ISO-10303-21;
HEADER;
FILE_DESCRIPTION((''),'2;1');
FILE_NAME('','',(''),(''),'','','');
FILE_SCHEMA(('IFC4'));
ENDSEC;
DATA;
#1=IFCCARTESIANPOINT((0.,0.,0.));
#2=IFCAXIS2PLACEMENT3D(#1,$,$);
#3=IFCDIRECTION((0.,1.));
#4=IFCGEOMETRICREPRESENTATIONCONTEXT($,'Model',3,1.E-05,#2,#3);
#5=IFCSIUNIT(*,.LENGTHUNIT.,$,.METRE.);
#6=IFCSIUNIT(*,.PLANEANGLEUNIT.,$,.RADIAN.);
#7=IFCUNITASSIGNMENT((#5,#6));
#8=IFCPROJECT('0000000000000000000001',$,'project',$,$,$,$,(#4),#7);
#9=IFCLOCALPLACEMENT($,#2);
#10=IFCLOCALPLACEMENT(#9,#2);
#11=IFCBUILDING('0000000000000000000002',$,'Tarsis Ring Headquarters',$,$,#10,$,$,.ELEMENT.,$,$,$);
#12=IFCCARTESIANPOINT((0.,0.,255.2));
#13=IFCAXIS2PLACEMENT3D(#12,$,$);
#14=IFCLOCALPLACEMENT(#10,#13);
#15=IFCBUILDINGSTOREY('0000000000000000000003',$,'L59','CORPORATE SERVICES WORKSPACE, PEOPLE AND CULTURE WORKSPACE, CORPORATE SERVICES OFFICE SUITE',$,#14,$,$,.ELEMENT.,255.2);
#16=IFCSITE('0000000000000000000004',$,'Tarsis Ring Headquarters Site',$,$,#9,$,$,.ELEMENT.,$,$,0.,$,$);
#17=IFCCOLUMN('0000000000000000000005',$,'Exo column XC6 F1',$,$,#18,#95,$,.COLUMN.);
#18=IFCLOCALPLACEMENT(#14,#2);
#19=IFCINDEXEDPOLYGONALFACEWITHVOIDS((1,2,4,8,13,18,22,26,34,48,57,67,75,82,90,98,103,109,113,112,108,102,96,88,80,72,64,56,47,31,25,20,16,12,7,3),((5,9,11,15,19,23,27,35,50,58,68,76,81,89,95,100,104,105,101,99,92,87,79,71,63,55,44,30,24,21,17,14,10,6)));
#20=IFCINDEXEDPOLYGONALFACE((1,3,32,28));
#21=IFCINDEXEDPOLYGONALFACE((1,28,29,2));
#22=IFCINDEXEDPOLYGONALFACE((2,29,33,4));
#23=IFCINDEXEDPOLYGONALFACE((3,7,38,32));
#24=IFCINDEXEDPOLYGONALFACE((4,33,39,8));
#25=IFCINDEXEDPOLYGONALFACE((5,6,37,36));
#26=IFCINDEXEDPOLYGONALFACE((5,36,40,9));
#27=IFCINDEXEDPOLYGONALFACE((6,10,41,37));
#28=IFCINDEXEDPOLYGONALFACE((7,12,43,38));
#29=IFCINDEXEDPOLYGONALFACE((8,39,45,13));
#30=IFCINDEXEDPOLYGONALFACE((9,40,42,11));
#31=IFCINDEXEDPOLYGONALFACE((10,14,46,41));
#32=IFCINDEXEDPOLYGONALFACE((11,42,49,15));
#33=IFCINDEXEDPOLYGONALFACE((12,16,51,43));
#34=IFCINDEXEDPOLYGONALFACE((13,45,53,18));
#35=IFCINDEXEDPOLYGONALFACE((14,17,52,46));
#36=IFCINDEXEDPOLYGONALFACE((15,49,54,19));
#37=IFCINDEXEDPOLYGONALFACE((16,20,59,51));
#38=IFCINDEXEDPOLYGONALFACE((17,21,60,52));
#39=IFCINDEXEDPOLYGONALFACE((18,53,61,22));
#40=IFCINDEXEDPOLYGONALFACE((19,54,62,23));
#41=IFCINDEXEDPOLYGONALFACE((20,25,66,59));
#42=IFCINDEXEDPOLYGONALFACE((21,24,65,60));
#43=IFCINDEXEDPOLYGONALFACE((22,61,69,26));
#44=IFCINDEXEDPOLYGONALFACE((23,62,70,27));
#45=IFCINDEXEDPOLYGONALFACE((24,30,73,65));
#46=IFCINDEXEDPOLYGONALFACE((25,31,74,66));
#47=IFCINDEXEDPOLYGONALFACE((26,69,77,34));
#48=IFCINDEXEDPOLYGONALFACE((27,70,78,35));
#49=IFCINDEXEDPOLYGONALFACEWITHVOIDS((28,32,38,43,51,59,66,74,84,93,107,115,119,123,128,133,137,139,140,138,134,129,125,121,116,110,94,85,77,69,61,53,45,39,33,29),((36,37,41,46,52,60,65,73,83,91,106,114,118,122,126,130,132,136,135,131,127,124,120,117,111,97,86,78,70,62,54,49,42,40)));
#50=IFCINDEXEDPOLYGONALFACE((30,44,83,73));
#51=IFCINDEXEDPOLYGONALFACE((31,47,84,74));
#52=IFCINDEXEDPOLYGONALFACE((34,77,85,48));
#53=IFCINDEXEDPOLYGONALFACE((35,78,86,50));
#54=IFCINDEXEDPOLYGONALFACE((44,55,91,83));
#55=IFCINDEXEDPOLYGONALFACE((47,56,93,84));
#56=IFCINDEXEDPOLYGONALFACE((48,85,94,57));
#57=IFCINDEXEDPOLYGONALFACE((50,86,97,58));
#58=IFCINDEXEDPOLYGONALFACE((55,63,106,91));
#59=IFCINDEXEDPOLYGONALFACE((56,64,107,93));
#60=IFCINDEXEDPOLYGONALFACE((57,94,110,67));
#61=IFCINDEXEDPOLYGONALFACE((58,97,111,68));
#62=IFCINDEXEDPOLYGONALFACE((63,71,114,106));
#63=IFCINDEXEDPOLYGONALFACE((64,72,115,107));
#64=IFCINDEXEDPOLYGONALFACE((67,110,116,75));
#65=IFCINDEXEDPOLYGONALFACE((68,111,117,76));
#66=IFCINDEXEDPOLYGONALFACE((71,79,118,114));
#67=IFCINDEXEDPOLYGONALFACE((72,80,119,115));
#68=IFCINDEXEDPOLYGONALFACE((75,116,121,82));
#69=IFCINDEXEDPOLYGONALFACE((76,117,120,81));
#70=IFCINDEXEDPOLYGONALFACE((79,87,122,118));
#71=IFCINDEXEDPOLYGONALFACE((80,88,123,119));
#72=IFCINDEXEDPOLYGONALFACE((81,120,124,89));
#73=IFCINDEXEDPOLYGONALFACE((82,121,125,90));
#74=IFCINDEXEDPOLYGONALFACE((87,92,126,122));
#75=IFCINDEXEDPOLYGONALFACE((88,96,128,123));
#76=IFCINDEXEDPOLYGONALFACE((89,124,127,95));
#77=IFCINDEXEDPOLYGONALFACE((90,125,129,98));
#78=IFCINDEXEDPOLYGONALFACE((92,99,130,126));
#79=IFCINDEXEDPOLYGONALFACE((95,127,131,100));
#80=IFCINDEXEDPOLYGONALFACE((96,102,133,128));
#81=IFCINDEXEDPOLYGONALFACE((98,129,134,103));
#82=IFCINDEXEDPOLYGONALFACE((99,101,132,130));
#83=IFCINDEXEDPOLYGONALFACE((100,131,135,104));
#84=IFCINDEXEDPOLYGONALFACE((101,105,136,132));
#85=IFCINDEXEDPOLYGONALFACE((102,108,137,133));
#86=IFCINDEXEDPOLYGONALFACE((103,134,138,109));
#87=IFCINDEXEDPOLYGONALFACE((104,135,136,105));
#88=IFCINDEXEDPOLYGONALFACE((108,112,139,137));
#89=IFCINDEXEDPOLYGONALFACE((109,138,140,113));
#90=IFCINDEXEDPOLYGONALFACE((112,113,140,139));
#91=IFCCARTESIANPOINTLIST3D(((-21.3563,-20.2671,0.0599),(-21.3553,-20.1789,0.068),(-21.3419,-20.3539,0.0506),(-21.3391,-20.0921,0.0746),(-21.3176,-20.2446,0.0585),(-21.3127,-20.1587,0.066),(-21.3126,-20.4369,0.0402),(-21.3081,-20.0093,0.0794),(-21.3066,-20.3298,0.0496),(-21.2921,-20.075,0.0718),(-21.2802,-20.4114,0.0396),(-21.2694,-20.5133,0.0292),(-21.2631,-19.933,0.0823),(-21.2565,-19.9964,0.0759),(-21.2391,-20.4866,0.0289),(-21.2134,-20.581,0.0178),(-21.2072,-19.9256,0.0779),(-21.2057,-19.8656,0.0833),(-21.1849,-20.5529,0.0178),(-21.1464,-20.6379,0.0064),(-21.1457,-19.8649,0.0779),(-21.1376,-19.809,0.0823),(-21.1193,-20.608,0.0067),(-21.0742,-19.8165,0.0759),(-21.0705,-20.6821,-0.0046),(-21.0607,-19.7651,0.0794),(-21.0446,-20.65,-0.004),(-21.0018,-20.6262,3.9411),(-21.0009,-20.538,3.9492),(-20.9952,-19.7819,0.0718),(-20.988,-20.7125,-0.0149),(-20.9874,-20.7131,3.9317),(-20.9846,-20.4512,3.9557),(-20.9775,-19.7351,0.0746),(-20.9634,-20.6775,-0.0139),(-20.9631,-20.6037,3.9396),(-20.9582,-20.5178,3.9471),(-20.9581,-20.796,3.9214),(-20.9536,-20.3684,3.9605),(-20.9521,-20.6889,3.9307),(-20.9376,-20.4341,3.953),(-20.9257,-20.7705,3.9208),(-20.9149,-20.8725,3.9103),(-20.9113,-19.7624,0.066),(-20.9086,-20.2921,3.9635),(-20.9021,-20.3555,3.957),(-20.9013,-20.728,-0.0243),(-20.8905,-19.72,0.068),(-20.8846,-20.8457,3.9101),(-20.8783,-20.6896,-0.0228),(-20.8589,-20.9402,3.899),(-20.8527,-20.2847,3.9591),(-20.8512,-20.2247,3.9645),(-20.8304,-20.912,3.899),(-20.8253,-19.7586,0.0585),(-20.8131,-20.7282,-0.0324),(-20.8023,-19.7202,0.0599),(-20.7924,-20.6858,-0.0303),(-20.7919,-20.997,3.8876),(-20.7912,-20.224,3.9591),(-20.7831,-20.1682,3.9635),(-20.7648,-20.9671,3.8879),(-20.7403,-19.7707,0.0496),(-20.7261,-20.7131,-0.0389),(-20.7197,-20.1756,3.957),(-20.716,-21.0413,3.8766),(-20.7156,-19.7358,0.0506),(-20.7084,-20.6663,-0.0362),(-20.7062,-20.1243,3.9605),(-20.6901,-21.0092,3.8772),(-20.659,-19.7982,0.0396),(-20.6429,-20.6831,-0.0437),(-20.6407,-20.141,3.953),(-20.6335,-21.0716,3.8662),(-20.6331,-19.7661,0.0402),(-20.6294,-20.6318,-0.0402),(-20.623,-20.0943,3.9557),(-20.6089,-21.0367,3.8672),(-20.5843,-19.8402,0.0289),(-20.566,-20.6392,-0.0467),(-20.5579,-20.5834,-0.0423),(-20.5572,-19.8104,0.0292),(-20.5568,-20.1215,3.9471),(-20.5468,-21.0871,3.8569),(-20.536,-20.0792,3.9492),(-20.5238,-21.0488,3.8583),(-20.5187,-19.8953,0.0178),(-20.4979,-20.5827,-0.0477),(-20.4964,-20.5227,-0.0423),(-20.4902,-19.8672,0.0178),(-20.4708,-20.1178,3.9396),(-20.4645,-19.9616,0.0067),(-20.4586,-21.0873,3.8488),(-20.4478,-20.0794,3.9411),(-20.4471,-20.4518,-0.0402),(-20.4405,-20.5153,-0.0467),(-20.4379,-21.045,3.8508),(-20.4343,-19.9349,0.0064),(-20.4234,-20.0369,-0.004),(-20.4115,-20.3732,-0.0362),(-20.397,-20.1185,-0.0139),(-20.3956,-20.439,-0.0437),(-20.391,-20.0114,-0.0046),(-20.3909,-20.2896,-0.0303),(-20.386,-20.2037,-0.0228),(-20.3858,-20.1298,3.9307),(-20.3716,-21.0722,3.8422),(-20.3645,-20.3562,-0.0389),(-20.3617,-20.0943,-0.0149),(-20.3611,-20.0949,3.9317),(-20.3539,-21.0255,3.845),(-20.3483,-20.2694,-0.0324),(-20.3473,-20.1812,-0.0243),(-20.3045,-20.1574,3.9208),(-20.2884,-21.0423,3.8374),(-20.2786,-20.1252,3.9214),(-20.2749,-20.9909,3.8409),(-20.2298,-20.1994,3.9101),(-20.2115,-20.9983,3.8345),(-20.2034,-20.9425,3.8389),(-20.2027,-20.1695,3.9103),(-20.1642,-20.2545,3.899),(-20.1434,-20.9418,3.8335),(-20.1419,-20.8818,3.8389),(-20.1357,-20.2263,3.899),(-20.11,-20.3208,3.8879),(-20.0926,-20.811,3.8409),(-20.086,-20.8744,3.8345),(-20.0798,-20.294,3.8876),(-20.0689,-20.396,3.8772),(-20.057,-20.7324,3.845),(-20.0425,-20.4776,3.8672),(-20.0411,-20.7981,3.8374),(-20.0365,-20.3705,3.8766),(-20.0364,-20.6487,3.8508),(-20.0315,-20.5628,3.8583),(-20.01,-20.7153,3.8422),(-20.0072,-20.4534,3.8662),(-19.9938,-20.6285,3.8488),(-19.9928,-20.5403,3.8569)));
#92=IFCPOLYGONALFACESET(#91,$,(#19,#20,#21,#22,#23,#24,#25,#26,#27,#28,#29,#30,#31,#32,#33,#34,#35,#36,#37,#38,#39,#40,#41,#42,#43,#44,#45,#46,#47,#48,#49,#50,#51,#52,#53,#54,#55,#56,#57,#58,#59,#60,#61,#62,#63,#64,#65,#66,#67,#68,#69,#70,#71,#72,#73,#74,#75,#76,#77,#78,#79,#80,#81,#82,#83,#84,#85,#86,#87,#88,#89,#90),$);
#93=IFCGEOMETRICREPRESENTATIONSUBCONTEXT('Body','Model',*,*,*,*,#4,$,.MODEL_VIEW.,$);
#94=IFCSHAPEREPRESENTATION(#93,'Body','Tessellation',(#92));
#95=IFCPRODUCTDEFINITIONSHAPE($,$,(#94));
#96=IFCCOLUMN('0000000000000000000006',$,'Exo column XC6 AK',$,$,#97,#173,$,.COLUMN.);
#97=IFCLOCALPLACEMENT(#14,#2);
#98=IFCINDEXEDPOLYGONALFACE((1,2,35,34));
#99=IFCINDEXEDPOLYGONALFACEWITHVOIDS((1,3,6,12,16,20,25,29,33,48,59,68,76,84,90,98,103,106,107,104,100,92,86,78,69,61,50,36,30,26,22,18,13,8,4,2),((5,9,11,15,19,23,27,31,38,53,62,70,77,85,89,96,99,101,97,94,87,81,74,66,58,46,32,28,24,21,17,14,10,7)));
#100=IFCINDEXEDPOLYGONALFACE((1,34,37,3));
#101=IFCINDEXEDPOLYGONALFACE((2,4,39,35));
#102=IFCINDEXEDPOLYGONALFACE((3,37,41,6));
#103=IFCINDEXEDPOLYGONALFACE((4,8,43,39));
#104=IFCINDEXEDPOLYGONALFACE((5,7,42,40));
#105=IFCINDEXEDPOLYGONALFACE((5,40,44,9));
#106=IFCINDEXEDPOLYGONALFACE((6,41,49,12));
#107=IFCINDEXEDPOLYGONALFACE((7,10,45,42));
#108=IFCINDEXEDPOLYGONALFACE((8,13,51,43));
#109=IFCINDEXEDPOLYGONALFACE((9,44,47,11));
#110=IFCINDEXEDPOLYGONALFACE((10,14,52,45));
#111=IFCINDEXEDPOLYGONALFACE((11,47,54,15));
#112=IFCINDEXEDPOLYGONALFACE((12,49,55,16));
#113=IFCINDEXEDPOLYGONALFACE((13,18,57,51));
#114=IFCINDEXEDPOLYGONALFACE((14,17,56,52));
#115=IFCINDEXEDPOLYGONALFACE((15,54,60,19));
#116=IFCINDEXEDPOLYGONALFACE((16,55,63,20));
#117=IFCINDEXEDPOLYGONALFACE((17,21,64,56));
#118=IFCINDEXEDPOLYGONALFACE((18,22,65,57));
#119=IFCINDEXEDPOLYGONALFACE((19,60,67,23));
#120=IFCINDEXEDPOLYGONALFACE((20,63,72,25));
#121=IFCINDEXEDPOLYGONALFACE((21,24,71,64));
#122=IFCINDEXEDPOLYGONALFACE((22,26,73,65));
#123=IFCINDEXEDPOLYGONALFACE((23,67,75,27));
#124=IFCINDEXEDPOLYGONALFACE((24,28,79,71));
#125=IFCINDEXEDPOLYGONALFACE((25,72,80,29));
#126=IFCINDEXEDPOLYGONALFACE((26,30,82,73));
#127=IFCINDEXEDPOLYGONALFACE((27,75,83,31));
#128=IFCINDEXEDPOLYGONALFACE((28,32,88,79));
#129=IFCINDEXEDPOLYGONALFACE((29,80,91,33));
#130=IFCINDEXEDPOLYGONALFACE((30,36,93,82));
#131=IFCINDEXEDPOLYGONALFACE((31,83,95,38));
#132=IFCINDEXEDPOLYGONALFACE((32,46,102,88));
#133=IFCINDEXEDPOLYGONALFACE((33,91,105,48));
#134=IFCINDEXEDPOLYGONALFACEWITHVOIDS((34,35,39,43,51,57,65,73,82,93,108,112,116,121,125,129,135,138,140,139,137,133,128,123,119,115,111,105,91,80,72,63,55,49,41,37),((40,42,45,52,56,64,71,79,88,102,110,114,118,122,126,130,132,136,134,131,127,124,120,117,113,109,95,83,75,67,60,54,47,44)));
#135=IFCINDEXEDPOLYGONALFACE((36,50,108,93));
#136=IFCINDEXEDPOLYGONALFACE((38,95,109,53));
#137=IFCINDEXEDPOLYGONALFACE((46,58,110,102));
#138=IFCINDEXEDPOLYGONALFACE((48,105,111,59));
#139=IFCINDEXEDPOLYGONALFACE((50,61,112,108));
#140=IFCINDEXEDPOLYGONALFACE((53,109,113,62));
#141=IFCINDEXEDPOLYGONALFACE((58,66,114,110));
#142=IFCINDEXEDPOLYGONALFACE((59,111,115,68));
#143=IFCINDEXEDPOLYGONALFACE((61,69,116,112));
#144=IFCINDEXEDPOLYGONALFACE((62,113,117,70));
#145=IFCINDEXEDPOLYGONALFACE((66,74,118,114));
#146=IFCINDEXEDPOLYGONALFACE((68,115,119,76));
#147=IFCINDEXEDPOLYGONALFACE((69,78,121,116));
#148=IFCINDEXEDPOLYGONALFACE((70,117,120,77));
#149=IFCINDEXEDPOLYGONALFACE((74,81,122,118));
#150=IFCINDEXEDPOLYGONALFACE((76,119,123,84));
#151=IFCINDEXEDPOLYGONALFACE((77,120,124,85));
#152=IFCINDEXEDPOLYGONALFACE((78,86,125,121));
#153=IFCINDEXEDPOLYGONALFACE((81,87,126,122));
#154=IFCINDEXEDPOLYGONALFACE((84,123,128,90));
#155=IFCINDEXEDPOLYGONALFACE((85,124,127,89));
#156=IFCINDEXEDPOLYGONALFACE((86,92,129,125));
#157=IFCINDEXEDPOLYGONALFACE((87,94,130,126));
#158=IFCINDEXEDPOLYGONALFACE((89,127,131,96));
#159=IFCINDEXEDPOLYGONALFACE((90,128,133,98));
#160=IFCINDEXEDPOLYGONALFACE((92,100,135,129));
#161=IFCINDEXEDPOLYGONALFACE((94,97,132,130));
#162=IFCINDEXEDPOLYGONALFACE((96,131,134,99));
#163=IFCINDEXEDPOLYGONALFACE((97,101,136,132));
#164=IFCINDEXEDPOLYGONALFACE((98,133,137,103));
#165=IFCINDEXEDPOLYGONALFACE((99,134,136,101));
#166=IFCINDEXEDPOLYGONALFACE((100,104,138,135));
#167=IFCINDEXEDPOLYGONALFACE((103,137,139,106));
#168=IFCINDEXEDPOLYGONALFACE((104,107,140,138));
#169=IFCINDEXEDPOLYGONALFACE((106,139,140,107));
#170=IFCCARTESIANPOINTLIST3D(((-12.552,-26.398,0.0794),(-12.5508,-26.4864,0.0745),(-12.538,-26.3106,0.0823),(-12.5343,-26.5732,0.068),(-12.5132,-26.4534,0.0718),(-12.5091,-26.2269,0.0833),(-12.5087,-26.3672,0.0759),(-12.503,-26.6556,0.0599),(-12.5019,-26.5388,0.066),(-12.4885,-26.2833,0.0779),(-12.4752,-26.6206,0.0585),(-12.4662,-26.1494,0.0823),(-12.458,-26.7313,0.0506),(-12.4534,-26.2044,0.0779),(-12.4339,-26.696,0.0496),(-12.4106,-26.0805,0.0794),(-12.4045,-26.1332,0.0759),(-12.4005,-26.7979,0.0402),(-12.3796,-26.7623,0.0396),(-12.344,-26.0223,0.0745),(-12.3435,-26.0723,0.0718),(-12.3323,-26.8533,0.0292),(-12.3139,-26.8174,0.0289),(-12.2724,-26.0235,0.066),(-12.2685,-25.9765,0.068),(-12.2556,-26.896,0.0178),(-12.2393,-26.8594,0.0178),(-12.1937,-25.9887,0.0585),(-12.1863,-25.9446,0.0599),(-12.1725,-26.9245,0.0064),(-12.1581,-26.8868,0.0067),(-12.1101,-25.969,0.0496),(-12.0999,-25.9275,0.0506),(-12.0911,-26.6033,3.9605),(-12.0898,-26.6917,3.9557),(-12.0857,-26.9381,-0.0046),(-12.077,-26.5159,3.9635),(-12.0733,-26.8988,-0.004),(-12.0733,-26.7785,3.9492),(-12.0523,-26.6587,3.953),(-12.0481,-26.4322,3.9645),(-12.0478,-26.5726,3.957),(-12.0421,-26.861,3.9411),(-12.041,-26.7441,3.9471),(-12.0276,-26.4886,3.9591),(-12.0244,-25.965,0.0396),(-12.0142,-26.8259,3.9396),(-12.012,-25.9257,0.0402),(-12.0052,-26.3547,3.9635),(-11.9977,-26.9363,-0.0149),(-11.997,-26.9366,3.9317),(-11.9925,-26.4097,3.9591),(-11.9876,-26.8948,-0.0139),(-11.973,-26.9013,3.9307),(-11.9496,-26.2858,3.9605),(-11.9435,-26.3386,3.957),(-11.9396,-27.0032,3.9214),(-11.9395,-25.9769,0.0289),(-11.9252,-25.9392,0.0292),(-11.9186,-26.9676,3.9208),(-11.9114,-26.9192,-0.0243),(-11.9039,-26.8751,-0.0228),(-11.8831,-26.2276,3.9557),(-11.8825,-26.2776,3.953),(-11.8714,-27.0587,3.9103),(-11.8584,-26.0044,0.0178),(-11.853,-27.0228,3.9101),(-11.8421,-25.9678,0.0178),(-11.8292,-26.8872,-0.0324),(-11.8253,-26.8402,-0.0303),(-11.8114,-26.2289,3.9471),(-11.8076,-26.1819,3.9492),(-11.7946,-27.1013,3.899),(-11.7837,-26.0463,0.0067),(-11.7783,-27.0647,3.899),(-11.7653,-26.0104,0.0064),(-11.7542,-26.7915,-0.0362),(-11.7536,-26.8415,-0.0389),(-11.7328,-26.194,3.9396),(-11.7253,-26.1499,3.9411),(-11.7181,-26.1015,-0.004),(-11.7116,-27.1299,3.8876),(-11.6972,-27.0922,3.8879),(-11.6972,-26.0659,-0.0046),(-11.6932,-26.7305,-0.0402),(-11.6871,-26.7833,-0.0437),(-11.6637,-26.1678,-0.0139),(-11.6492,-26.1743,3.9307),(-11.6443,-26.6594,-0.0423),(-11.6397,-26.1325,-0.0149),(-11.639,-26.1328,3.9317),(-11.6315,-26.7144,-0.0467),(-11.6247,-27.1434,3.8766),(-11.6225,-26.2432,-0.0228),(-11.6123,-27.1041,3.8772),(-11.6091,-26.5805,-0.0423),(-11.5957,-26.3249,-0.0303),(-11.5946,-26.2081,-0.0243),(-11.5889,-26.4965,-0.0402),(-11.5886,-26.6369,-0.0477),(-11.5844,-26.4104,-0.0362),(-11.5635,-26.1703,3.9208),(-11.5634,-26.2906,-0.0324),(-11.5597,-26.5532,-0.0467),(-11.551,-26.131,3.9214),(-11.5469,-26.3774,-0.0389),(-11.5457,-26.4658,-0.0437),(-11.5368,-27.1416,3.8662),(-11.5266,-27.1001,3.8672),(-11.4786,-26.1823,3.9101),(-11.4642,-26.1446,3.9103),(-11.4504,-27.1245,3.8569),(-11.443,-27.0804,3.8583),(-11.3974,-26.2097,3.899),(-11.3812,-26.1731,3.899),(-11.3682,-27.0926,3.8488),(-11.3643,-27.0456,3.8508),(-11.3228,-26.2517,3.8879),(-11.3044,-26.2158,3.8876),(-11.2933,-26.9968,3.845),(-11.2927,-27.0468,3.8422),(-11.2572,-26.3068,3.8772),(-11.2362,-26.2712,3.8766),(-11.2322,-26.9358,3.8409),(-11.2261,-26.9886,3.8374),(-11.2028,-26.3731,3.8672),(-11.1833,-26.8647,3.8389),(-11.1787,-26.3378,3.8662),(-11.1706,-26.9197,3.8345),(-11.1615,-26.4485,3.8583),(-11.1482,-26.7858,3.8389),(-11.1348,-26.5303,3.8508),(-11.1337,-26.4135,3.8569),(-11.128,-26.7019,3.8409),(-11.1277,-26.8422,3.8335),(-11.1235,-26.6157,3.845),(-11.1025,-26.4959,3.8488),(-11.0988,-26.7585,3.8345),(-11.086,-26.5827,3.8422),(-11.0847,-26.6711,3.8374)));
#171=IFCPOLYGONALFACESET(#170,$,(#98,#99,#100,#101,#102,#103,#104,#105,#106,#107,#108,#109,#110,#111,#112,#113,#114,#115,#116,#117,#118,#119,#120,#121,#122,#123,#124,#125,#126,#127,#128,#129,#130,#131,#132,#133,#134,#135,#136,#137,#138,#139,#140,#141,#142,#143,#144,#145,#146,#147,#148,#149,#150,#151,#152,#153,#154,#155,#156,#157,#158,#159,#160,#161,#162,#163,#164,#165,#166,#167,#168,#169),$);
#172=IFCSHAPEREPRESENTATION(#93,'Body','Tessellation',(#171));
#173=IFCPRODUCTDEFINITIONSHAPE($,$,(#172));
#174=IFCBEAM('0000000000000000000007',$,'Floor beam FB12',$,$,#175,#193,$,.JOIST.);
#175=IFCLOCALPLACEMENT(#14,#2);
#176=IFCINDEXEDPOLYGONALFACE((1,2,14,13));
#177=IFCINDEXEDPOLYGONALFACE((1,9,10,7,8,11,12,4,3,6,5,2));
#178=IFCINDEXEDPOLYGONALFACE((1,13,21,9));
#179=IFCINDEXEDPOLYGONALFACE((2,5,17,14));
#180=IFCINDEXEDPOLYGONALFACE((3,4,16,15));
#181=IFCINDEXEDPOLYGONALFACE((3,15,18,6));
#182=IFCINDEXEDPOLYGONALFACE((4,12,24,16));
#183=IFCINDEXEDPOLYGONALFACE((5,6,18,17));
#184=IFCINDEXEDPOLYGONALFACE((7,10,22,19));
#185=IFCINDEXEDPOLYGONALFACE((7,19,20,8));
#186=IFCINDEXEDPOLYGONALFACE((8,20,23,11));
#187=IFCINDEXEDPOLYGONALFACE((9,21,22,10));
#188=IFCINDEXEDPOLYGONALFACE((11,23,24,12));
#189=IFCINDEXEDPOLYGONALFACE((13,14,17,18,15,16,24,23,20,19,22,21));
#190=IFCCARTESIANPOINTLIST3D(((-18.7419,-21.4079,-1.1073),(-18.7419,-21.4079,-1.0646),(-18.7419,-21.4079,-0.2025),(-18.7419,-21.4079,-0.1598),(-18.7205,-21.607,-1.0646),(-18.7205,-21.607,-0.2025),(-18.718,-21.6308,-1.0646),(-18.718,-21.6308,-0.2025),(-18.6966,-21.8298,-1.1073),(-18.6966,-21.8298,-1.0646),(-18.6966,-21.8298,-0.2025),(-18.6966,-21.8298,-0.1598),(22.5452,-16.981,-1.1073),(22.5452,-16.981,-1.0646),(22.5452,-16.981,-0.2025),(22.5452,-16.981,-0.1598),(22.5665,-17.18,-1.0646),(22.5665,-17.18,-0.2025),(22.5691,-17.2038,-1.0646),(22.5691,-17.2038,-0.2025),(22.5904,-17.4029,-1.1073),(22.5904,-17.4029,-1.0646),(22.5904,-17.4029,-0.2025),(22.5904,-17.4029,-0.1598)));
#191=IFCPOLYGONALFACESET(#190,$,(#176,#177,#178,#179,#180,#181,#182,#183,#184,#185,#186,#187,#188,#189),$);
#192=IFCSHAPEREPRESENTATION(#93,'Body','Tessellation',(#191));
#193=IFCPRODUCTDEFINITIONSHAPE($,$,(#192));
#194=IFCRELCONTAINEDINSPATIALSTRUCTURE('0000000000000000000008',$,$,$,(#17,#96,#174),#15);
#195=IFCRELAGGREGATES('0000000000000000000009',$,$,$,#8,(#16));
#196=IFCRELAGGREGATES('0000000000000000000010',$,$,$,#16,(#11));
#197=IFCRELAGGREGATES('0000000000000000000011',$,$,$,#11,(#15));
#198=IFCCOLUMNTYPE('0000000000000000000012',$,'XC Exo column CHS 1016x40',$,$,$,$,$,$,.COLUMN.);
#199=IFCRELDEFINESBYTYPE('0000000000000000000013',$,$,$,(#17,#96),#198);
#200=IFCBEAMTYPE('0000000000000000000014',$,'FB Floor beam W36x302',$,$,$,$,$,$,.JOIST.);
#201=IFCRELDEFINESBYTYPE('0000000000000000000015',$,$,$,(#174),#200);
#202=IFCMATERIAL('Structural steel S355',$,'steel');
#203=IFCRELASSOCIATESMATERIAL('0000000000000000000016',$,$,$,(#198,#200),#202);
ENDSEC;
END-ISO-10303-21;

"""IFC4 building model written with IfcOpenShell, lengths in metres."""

from ifc_helpers import new_model, si_unit, direction, frame, origin, origin_2d, place, context, subcontext, project, spatial, hollow_circle, i_section, extrude, material, material_profile, profile_set, type_object, element, save


model = new_model("IFC4")

# Units and contexts
model_context = context("Model", 3, precision=1e-05, world=origin(), true_north=direction((0.0, 1.0)))
body_context = subcontext(model_context, "Body", "Model", "MODEL_VIEW")
ifc_project = project(units=[si_unit("LENGTHUNIT", "METRE"), si_unit("PLANEANGLEUNIT", "RADIAN")], contexts=[model_context])

# Site, building, storey
site_placement = place(None, origin())
site = spatial("IfcSite", under=ifc_project, at=site_placement, Name="Tarsis Ring Headquarters Site", CompositionType="ELEMENT", RefElevation=0.0)
building_placement = place(site_placement, origin())
building = spatial("IfcBuilding", under=site, at=building_placement, Name="Tarsis Ring Headquarters", CompositionType="ELEMENT")
storey_placement = place(building_placement, frame((0.0, 0.0, 255.2)))
storey = spatial("IfcBuildingStorey", under=building, at=storey_placement, Name="L59", Description="CORPORATE SERVICES WORKSPACE, PEOPLE AND CULTURE WORKSPACE, CORPORATE SERVICES OFFICE SUITE", CompositionType="ELEMENT", Elevation=255.2)

# Columns
ifc_material_1 = material(Name="Structural steel S355", Category="steel")
ifc_material_profile_1 = material_profile(ifc_material_1, hollow_circle(Radius=0.5081, WallThickness=0.04, at=origin_2d()), Name="CHS 1016x40")
ifc_profile_set_1 = profile_set([ifc_material_profile_1], Name="Structural steel S355")
column_type = type_object("IfcColumnType", Name="XC Exo column CHS 1016x40", PredefinedType="COLUMN", material=ifc_profile_set_1)
for number, where, z_axis, x_axis, name in (
    (1, (-20.8518, -20.2241, 0.0178), (0.090576, -0.091761, 0.991653), (0.711688, 0.702496, 0.0), "Exo column XC6 F1"),
    (2, (-12.0488, -26.4319, 0.0178), (0.117773, -0.052462, 0.991654), (0.406901, 0.913472, 0.0), "Exo column XC6 AK"),
):
    element("IfcColumn", number, at=place(storey_placement, frame(where, z_axis=z_axis, x_axis=x_axis)), inside=storey, type_object=column_type, Name=name, PredefinedType="COLUMN", context=body_context, shape_type="SweptSolid", body=[
        extrude(hollow_circle(Radius=0.5081, WallThickness=0.04, at=origin_2d()), origin(), (0.0, 0.0, 1.0), 3.9138),
    ])

# Beam
ifc_material_profile_2 = material_profile(ifc_material_1, i_section(OverallWidth=0.4243, OverallDepth=0.9475, WebThickness=0.0239, FlangeThickness=0.0427, at=origin_2d()), Name="W36x302")
ifc_profile_set_2 = profile_set([ifc_material_profile_2], Name="Structural steel S355")
beam_type_1 = type_object("IfcBeamType", Name="FB Floor beam W36x302", PredefinedType="JOIST", material=ifc_profile_set_2)
beam_1_placement = place(storey_placement, frame((-18.7192, -21.6189, -0.6335), z_axis=(0.994301, 0.106614, 0.0), x_axis=(-0.106614, 0.994301, 0.0)))
element("IfcBeam", 3, at=beam_1_placement, inside=storey, type_object=beam_type_1, Name="Floor beam FB12", PredefinedType="JOIST", context=body_context, shape_type="SweptSolid", body=[
    extrude(i_section(OverallWidth=0.4243, OverallDepth=0.9475, WebThickness=0.0239, FlangeThickness=0.0427, at=origin_2d()), origin(), (0.0, 0.0, 1.0), 41.5237),
])

save(model, "model.ifc")
